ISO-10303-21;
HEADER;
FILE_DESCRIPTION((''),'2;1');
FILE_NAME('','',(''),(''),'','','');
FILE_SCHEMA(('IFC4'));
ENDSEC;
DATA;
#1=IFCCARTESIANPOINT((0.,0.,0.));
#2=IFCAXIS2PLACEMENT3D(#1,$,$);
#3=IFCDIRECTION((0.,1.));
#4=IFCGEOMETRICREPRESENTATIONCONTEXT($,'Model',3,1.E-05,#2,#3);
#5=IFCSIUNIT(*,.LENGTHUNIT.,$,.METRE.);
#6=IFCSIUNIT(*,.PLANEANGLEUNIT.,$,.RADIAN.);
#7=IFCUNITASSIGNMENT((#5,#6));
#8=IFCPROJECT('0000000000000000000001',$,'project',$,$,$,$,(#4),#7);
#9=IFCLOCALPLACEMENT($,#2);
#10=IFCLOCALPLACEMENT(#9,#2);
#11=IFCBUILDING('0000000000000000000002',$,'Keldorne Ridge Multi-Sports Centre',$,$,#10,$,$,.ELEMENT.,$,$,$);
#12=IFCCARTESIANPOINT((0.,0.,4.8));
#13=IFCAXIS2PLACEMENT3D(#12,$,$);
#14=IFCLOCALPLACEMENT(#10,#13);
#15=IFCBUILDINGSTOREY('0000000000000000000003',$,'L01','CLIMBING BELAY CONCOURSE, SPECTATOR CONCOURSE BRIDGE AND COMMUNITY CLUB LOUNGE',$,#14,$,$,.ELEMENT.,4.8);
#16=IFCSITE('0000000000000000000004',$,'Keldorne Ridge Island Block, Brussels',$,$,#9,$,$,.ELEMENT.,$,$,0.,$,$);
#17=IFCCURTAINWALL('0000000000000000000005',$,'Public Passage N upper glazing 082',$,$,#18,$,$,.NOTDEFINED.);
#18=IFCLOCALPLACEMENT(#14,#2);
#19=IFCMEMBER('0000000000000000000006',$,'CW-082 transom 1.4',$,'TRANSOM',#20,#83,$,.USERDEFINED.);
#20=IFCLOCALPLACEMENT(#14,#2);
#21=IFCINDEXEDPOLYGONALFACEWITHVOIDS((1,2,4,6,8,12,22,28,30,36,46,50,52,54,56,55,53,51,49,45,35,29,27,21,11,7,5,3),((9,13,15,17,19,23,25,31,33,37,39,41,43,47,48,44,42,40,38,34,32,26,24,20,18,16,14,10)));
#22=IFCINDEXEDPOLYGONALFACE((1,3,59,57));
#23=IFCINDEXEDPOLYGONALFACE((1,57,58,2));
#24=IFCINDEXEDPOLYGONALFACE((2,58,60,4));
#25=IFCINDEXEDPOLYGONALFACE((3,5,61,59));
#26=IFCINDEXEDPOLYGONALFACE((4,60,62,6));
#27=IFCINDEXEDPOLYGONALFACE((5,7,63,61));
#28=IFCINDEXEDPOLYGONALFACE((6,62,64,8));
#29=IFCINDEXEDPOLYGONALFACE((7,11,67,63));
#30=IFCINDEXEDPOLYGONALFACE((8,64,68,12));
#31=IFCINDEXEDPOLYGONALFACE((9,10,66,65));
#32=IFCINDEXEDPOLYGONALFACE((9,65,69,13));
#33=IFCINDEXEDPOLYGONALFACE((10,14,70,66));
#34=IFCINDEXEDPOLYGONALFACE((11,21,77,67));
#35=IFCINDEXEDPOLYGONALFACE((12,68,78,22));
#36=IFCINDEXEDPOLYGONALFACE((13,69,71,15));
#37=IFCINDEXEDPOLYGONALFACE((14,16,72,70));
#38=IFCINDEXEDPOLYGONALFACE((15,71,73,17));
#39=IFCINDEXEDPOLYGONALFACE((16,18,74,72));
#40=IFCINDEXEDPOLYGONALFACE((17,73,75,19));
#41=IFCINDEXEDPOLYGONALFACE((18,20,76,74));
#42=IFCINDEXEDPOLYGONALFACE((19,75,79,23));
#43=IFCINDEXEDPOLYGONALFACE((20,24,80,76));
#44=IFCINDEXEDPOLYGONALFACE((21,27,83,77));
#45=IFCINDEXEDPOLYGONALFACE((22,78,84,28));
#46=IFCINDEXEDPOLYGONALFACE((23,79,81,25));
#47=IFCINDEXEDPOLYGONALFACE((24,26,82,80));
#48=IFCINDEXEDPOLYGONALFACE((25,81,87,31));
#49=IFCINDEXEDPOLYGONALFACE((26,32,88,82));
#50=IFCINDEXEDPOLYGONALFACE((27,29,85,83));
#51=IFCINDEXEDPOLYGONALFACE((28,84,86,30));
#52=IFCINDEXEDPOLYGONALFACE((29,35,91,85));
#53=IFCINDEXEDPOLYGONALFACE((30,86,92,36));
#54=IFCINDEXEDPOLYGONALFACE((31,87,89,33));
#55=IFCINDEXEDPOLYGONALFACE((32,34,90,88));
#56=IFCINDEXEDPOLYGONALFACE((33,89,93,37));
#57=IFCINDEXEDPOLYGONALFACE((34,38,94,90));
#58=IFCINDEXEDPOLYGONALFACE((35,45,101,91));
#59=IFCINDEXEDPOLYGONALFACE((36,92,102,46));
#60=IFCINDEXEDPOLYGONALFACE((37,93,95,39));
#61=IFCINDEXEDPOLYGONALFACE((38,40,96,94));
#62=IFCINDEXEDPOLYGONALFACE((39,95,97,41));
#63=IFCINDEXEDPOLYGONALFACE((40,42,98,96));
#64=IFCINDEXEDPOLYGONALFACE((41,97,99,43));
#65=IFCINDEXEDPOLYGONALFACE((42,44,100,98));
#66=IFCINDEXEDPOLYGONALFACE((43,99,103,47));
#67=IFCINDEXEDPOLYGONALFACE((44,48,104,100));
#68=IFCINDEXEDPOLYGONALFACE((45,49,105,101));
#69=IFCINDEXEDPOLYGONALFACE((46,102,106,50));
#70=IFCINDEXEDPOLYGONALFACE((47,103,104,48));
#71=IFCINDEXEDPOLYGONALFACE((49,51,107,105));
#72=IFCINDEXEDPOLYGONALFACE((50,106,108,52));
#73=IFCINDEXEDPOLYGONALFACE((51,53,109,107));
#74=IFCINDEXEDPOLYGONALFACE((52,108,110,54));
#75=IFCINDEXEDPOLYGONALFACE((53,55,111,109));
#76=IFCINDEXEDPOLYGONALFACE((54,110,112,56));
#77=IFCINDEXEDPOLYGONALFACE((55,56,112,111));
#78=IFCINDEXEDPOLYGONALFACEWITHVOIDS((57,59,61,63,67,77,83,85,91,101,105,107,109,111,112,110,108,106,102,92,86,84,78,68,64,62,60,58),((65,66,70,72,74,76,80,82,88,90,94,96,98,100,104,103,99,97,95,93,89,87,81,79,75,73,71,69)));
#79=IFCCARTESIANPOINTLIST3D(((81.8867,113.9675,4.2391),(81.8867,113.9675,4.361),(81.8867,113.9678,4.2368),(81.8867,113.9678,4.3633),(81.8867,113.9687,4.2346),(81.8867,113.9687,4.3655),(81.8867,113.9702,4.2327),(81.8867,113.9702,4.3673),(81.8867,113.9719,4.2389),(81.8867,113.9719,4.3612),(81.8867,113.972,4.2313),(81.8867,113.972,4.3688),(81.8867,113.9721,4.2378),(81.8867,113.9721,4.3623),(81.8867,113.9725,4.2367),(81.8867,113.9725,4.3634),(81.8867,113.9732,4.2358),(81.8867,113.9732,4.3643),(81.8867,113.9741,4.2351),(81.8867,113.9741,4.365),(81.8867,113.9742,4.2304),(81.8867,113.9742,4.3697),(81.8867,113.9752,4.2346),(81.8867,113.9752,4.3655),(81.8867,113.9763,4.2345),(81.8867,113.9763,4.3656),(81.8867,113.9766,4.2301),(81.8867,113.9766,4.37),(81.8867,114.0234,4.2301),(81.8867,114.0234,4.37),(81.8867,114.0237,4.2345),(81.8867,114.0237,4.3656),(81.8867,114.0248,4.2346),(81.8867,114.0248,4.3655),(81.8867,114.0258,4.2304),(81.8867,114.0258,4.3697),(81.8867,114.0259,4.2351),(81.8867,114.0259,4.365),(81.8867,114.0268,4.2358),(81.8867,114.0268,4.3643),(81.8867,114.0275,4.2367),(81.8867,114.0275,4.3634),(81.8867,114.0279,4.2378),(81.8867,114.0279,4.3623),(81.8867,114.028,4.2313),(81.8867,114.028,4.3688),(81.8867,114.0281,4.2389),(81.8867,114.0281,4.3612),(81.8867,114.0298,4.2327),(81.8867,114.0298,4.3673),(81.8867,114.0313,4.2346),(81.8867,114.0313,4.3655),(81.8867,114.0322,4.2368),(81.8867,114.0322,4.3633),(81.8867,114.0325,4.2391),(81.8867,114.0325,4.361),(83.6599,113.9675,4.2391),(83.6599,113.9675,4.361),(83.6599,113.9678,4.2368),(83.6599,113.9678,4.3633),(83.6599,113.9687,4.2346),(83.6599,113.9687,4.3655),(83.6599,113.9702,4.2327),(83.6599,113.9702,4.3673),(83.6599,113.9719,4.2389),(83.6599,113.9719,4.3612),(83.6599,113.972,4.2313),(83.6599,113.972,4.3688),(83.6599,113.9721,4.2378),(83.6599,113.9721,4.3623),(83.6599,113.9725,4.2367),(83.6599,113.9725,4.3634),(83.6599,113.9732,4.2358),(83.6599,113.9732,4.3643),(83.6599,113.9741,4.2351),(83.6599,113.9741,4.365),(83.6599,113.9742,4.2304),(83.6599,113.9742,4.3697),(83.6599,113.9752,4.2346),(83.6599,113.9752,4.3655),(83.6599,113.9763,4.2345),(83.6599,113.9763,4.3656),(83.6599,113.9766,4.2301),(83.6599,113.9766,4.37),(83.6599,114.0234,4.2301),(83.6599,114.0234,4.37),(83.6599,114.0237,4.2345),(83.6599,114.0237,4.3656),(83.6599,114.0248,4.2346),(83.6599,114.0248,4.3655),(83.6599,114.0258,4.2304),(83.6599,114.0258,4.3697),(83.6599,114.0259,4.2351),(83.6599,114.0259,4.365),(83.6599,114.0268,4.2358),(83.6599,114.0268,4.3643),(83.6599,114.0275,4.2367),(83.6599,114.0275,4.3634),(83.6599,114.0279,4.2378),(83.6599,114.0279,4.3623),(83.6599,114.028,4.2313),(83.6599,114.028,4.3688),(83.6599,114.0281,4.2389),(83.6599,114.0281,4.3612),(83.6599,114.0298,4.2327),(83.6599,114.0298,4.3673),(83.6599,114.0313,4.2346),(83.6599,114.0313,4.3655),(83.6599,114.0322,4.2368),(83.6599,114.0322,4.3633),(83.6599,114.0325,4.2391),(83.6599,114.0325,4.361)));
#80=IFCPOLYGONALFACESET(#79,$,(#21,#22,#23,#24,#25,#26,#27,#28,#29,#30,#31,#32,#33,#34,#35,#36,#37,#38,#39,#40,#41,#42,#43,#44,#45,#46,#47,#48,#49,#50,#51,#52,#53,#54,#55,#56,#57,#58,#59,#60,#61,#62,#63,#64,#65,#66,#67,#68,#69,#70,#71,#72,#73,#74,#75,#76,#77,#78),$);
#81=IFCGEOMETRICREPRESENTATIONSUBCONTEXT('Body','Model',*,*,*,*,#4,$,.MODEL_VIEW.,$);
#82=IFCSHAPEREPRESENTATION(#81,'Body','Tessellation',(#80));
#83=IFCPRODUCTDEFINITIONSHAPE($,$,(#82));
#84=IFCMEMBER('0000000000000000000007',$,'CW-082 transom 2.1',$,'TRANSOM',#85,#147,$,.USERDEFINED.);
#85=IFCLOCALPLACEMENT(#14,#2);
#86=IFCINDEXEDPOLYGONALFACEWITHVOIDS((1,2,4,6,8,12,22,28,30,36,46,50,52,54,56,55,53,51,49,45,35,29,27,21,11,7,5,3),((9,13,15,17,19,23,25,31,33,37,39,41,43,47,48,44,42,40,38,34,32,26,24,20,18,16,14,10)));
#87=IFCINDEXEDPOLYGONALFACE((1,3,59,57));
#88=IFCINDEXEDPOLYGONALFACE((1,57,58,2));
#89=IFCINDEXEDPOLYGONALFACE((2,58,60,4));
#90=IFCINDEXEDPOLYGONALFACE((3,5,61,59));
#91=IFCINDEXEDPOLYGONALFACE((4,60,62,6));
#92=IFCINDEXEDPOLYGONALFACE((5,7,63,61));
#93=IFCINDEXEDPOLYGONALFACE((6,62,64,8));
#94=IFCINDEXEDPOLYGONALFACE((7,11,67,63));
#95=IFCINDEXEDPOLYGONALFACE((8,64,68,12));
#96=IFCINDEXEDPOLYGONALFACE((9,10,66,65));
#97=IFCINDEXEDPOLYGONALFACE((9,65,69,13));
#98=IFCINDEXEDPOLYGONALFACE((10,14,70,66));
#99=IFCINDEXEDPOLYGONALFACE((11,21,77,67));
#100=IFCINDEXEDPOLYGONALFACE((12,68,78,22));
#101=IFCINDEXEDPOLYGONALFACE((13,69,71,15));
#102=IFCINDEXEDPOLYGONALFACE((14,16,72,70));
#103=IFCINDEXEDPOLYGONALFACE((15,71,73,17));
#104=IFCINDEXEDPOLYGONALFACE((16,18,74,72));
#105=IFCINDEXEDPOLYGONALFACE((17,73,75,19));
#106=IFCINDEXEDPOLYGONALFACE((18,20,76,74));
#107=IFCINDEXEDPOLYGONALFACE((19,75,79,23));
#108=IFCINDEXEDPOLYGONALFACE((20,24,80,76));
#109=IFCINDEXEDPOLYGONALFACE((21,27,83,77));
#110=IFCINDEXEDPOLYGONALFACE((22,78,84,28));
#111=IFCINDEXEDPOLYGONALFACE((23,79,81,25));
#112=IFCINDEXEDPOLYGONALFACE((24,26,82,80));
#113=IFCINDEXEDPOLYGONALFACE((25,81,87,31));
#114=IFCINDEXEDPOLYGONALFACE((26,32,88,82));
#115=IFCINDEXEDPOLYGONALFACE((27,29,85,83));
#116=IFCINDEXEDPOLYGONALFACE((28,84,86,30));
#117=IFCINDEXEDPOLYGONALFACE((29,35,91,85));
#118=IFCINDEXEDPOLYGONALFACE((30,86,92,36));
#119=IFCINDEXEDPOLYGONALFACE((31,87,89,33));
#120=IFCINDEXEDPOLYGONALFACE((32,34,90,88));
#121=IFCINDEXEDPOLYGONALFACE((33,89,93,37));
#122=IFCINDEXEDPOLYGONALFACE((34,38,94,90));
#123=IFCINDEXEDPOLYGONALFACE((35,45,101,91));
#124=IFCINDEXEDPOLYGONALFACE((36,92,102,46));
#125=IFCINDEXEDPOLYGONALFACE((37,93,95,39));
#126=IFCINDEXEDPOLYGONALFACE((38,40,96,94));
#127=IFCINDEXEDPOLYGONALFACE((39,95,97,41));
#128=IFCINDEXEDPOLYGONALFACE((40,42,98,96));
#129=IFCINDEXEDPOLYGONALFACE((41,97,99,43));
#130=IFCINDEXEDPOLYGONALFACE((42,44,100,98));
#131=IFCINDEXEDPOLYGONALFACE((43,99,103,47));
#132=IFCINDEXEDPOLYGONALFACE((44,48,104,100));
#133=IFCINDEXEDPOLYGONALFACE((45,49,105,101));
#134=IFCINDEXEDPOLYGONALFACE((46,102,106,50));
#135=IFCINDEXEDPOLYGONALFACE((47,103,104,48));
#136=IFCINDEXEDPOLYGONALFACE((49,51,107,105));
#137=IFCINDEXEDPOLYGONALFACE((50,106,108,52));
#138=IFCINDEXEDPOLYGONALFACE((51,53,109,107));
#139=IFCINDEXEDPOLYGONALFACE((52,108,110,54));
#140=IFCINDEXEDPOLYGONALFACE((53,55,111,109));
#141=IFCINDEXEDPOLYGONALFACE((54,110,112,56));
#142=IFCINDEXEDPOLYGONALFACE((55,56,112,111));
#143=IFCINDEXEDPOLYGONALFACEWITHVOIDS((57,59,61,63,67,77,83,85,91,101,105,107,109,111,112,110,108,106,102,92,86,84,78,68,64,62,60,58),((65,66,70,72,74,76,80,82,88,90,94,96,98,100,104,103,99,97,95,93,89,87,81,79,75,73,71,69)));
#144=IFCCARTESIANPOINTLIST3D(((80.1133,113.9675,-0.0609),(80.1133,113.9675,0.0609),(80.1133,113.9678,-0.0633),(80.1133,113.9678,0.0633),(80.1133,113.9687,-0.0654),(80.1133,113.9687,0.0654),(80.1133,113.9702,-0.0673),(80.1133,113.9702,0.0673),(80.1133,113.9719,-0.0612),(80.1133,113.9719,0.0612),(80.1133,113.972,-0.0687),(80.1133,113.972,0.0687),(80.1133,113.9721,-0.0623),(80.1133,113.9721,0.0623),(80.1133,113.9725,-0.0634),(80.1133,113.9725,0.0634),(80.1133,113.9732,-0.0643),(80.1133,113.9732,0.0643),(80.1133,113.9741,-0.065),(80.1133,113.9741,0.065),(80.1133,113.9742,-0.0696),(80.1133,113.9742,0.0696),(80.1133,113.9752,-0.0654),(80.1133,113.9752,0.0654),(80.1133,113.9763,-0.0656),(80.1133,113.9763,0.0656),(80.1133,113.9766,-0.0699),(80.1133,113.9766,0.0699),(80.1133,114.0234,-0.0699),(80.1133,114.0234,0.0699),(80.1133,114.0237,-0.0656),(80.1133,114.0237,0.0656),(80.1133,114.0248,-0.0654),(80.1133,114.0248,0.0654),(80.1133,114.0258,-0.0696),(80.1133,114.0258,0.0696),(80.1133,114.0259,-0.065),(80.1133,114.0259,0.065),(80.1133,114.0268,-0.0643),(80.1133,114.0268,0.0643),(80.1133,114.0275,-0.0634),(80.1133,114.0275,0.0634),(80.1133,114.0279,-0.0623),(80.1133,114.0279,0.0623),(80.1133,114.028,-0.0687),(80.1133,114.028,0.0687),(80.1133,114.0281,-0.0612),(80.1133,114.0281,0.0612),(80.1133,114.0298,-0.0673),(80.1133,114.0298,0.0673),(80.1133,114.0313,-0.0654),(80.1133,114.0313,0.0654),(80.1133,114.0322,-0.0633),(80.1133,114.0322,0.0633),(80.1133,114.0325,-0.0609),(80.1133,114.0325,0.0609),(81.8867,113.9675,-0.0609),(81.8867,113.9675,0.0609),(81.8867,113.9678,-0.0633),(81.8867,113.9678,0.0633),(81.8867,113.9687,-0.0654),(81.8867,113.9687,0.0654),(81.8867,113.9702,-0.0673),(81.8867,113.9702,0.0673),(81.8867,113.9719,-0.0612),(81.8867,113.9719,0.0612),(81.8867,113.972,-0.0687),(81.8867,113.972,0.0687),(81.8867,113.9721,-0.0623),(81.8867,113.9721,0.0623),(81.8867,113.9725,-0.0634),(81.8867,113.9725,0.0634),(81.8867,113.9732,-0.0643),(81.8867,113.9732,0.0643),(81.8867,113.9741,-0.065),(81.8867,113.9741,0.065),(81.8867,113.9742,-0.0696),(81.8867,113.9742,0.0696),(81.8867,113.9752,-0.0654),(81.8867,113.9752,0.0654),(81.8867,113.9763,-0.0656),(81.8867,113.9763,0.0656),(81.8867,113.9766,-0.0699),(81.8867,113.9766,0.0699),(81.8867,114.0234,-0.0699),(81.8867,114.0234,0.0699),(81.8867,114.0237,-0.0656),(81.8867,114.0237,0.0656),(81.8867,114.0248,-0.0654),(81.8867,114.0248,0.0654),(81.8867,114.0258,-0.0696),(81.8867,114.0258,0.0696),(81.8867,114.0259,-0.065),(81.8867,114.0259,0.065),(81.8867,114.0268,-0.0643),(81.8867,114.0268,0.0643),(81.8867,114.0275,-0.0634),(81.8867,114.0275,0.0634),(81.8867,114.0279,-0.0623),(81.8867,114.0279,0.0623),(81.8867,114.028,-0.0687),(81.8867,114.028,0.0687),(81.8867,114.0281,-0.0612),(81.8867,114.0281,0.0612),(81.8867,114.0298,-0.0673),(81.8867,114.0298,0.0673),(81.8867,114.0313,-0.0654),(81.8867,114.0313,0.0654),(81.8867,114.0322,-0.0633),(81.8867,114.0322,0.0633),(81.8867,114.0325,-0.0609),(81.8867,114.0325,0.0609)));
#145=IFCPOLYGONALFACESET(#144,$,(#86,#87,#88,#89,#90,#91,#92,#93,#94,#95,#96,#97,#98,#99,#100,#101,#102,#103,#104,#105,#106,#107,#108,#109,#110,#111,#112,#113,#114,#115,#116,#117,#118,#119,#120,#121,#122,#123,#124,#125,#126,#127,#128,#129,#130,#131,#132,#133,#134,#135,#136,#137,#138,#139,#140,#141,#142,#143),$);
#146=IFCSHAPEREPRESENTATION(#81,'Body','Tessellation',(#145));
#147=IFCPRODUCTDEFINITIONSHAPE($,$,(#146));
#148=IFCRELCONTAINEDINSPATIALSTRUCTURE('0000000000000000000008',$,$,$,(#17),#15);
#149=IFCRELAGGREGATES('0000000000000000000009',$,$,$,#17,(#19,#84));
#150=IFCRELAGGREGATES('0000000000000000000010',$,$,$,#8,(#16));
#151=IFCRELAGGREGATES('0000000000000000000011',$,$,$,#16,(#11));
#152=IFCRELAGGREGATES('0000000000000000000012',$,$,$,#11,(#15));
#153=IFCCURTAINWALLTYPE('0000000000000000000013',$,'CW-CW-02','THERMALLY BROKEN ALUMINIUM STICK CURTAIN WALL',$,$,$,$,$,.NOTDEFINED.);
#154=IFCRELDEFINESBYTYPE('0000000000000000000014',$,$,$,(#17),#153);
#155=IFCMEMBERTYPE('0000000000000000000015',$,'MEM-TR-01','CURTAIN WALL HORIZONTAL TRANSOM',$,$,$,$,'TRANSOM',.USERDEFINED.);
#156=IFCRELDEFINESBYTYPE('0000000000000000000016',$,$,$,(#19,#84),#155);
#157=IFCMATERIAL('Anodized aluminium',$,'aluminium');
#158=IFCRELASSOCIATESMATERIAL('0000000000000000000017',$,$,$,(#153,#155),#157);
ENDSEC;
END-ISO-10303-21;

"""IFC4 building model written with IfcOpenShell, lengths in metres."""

from ifc_helpers import new_model, si_unit, direction, frame, origin, origin_2d, place, context, subcontext, project, spatial, hollow_rectangle, extrude, material, material_profile, profile_set, type_object, element, aggregate, save


model = new_model("IFC4")

# Units and contexts
model_context = context("Model", 3, precision=1e-05, world=origin(), true_north=direction((0.0, 1.0)))
body_context = subcontext(model_context, "Body", "Model", "MODEL_VIEW")
ifc_project = project(units=[si_unit("LENGTHUNIT", "METRE"), si_unit("PLANEANGLEUNIT", "RADIAN")], contexts=[model_context])

# Site, building, storey
site_placement = place(None, origin())
site = spatial("IfcSite", under=ifc_project, at=site_placement, Name="Keldorne Ridge Island Block, Brussels", CompositionType="ELEMENT", RefElevation=0.0)
building_placement = place(site_placement, origin())
building = spatial("IfcBuilding", under=site, at=building_placement, Name="Keldorne Ridge Multi-Sports Centre", CompositionType="ELEMENT")
storey_placement = place(building_placement, frame((0.0, 0.0, 4.8)))
storey = spatial("IfcBuildingStorey", under=building, at=storey_placement, Name="L01", Description="CLIMBING BELAY CONCOURSE, SPECTATOR CONCOURSE BRIDGE AND COMMUNITY CLUB LOUNGE", CompositionType="ELEMENT", Elevation=4.8)

# Curtain wall, members
ifc_material_1 = material(Name="Anodized aluminium", Category="aluminium")
curtain_wall_type = type_object("IfcCurtainWallType", Name="CW-CW-02", Description="THERMALLY BROKEN ALUMINIUM STICK CURTAIN WALL", PredefinedType="NOTDEFINED", material=ifc_material_1)
curtain_wall_placement = place(storey_placement, origin())
curtain_wall = element("IfcCurtainWall", 1, at=curtain_wall_placement, inside=storey, type_object=curtain_wall_type, Name="Public Passage N upper glazing 082", PredefinedType="NOTDEFINED")
ifc_material_profile_1 = material_profile(ifc_material_1, hollow_rectangle(XDim=0.0649, YDim=0.1399, WallThickness=0.0044, InnerFilletRadius=0.0044, OuterFilletRadius=0.009, at=origin_2d()), Name="ALU TRANSOM 140x65x4.5")
ifc_profile_set_1 = profile_set([ifc_material_profile_1], Name="Anodized aluminium")
member_type_1 = type_object("IfcMemberType", Name="MEM-TR-01", Description="CURTAIN WALL HORIZONTAL TRANSOM", ElementType="TRANSOM", PredefinedType="USERDEFINED", material=ifc_profile_set_1)
member_1_placement = place(storey_placement, frame((83.6599, 114.0, 4.3), z_axis=(-1.0, 0.0, 0.0), x_axis=(0.0, -1.0, 0.0)))
member_1 = element("IfcMember", 2, at=member_1_placement, type_object=member_type_1, Name="CW-082 transom 1.4", ObjectType="TRANSOM", PredefinedType="USERDEFINED", context=body_context, shape_type="SweptSolid", body=[
    extrude(hollow_rectangle(XDim=0.0649, YDim=0.1399, WallThickness=0.0044, InnerFilletRadius=0.0044, OuterFilletRadius=0.009, at=origin_2d()), origin(), (0.0, 0.0, 1.0), 1.7732),
])
member_2_placement = place(storey_placement, frame((81.8867, 114.0, 0.0), z_axis=(-1.0, 0.0, 0.0), x_axis=(0.0, -1.0, 0.0)))
member_2 = element("IfcMember", 3, at=member_2_placement, type_object=member_type_1, Name="CW-082 transom 2.1", ObjectType="TRANSOM", PredefinedType="USERDEFINED", context=body_context, shape_type="SweptSolid", body=[
    extrude(hollow_rectangle(XDim=0.0649, YDim=0.1399, WallThickness=0.0044, InnerFilletRadius=0.0044, OuterFilletRadius=0.009, at=origin_2d()), origin(), (0.0, 0.0, 1.0), 1.7734),
])
aggregate(curtain_wall, [member_1, member_2])

save(model, "model.ifc")
